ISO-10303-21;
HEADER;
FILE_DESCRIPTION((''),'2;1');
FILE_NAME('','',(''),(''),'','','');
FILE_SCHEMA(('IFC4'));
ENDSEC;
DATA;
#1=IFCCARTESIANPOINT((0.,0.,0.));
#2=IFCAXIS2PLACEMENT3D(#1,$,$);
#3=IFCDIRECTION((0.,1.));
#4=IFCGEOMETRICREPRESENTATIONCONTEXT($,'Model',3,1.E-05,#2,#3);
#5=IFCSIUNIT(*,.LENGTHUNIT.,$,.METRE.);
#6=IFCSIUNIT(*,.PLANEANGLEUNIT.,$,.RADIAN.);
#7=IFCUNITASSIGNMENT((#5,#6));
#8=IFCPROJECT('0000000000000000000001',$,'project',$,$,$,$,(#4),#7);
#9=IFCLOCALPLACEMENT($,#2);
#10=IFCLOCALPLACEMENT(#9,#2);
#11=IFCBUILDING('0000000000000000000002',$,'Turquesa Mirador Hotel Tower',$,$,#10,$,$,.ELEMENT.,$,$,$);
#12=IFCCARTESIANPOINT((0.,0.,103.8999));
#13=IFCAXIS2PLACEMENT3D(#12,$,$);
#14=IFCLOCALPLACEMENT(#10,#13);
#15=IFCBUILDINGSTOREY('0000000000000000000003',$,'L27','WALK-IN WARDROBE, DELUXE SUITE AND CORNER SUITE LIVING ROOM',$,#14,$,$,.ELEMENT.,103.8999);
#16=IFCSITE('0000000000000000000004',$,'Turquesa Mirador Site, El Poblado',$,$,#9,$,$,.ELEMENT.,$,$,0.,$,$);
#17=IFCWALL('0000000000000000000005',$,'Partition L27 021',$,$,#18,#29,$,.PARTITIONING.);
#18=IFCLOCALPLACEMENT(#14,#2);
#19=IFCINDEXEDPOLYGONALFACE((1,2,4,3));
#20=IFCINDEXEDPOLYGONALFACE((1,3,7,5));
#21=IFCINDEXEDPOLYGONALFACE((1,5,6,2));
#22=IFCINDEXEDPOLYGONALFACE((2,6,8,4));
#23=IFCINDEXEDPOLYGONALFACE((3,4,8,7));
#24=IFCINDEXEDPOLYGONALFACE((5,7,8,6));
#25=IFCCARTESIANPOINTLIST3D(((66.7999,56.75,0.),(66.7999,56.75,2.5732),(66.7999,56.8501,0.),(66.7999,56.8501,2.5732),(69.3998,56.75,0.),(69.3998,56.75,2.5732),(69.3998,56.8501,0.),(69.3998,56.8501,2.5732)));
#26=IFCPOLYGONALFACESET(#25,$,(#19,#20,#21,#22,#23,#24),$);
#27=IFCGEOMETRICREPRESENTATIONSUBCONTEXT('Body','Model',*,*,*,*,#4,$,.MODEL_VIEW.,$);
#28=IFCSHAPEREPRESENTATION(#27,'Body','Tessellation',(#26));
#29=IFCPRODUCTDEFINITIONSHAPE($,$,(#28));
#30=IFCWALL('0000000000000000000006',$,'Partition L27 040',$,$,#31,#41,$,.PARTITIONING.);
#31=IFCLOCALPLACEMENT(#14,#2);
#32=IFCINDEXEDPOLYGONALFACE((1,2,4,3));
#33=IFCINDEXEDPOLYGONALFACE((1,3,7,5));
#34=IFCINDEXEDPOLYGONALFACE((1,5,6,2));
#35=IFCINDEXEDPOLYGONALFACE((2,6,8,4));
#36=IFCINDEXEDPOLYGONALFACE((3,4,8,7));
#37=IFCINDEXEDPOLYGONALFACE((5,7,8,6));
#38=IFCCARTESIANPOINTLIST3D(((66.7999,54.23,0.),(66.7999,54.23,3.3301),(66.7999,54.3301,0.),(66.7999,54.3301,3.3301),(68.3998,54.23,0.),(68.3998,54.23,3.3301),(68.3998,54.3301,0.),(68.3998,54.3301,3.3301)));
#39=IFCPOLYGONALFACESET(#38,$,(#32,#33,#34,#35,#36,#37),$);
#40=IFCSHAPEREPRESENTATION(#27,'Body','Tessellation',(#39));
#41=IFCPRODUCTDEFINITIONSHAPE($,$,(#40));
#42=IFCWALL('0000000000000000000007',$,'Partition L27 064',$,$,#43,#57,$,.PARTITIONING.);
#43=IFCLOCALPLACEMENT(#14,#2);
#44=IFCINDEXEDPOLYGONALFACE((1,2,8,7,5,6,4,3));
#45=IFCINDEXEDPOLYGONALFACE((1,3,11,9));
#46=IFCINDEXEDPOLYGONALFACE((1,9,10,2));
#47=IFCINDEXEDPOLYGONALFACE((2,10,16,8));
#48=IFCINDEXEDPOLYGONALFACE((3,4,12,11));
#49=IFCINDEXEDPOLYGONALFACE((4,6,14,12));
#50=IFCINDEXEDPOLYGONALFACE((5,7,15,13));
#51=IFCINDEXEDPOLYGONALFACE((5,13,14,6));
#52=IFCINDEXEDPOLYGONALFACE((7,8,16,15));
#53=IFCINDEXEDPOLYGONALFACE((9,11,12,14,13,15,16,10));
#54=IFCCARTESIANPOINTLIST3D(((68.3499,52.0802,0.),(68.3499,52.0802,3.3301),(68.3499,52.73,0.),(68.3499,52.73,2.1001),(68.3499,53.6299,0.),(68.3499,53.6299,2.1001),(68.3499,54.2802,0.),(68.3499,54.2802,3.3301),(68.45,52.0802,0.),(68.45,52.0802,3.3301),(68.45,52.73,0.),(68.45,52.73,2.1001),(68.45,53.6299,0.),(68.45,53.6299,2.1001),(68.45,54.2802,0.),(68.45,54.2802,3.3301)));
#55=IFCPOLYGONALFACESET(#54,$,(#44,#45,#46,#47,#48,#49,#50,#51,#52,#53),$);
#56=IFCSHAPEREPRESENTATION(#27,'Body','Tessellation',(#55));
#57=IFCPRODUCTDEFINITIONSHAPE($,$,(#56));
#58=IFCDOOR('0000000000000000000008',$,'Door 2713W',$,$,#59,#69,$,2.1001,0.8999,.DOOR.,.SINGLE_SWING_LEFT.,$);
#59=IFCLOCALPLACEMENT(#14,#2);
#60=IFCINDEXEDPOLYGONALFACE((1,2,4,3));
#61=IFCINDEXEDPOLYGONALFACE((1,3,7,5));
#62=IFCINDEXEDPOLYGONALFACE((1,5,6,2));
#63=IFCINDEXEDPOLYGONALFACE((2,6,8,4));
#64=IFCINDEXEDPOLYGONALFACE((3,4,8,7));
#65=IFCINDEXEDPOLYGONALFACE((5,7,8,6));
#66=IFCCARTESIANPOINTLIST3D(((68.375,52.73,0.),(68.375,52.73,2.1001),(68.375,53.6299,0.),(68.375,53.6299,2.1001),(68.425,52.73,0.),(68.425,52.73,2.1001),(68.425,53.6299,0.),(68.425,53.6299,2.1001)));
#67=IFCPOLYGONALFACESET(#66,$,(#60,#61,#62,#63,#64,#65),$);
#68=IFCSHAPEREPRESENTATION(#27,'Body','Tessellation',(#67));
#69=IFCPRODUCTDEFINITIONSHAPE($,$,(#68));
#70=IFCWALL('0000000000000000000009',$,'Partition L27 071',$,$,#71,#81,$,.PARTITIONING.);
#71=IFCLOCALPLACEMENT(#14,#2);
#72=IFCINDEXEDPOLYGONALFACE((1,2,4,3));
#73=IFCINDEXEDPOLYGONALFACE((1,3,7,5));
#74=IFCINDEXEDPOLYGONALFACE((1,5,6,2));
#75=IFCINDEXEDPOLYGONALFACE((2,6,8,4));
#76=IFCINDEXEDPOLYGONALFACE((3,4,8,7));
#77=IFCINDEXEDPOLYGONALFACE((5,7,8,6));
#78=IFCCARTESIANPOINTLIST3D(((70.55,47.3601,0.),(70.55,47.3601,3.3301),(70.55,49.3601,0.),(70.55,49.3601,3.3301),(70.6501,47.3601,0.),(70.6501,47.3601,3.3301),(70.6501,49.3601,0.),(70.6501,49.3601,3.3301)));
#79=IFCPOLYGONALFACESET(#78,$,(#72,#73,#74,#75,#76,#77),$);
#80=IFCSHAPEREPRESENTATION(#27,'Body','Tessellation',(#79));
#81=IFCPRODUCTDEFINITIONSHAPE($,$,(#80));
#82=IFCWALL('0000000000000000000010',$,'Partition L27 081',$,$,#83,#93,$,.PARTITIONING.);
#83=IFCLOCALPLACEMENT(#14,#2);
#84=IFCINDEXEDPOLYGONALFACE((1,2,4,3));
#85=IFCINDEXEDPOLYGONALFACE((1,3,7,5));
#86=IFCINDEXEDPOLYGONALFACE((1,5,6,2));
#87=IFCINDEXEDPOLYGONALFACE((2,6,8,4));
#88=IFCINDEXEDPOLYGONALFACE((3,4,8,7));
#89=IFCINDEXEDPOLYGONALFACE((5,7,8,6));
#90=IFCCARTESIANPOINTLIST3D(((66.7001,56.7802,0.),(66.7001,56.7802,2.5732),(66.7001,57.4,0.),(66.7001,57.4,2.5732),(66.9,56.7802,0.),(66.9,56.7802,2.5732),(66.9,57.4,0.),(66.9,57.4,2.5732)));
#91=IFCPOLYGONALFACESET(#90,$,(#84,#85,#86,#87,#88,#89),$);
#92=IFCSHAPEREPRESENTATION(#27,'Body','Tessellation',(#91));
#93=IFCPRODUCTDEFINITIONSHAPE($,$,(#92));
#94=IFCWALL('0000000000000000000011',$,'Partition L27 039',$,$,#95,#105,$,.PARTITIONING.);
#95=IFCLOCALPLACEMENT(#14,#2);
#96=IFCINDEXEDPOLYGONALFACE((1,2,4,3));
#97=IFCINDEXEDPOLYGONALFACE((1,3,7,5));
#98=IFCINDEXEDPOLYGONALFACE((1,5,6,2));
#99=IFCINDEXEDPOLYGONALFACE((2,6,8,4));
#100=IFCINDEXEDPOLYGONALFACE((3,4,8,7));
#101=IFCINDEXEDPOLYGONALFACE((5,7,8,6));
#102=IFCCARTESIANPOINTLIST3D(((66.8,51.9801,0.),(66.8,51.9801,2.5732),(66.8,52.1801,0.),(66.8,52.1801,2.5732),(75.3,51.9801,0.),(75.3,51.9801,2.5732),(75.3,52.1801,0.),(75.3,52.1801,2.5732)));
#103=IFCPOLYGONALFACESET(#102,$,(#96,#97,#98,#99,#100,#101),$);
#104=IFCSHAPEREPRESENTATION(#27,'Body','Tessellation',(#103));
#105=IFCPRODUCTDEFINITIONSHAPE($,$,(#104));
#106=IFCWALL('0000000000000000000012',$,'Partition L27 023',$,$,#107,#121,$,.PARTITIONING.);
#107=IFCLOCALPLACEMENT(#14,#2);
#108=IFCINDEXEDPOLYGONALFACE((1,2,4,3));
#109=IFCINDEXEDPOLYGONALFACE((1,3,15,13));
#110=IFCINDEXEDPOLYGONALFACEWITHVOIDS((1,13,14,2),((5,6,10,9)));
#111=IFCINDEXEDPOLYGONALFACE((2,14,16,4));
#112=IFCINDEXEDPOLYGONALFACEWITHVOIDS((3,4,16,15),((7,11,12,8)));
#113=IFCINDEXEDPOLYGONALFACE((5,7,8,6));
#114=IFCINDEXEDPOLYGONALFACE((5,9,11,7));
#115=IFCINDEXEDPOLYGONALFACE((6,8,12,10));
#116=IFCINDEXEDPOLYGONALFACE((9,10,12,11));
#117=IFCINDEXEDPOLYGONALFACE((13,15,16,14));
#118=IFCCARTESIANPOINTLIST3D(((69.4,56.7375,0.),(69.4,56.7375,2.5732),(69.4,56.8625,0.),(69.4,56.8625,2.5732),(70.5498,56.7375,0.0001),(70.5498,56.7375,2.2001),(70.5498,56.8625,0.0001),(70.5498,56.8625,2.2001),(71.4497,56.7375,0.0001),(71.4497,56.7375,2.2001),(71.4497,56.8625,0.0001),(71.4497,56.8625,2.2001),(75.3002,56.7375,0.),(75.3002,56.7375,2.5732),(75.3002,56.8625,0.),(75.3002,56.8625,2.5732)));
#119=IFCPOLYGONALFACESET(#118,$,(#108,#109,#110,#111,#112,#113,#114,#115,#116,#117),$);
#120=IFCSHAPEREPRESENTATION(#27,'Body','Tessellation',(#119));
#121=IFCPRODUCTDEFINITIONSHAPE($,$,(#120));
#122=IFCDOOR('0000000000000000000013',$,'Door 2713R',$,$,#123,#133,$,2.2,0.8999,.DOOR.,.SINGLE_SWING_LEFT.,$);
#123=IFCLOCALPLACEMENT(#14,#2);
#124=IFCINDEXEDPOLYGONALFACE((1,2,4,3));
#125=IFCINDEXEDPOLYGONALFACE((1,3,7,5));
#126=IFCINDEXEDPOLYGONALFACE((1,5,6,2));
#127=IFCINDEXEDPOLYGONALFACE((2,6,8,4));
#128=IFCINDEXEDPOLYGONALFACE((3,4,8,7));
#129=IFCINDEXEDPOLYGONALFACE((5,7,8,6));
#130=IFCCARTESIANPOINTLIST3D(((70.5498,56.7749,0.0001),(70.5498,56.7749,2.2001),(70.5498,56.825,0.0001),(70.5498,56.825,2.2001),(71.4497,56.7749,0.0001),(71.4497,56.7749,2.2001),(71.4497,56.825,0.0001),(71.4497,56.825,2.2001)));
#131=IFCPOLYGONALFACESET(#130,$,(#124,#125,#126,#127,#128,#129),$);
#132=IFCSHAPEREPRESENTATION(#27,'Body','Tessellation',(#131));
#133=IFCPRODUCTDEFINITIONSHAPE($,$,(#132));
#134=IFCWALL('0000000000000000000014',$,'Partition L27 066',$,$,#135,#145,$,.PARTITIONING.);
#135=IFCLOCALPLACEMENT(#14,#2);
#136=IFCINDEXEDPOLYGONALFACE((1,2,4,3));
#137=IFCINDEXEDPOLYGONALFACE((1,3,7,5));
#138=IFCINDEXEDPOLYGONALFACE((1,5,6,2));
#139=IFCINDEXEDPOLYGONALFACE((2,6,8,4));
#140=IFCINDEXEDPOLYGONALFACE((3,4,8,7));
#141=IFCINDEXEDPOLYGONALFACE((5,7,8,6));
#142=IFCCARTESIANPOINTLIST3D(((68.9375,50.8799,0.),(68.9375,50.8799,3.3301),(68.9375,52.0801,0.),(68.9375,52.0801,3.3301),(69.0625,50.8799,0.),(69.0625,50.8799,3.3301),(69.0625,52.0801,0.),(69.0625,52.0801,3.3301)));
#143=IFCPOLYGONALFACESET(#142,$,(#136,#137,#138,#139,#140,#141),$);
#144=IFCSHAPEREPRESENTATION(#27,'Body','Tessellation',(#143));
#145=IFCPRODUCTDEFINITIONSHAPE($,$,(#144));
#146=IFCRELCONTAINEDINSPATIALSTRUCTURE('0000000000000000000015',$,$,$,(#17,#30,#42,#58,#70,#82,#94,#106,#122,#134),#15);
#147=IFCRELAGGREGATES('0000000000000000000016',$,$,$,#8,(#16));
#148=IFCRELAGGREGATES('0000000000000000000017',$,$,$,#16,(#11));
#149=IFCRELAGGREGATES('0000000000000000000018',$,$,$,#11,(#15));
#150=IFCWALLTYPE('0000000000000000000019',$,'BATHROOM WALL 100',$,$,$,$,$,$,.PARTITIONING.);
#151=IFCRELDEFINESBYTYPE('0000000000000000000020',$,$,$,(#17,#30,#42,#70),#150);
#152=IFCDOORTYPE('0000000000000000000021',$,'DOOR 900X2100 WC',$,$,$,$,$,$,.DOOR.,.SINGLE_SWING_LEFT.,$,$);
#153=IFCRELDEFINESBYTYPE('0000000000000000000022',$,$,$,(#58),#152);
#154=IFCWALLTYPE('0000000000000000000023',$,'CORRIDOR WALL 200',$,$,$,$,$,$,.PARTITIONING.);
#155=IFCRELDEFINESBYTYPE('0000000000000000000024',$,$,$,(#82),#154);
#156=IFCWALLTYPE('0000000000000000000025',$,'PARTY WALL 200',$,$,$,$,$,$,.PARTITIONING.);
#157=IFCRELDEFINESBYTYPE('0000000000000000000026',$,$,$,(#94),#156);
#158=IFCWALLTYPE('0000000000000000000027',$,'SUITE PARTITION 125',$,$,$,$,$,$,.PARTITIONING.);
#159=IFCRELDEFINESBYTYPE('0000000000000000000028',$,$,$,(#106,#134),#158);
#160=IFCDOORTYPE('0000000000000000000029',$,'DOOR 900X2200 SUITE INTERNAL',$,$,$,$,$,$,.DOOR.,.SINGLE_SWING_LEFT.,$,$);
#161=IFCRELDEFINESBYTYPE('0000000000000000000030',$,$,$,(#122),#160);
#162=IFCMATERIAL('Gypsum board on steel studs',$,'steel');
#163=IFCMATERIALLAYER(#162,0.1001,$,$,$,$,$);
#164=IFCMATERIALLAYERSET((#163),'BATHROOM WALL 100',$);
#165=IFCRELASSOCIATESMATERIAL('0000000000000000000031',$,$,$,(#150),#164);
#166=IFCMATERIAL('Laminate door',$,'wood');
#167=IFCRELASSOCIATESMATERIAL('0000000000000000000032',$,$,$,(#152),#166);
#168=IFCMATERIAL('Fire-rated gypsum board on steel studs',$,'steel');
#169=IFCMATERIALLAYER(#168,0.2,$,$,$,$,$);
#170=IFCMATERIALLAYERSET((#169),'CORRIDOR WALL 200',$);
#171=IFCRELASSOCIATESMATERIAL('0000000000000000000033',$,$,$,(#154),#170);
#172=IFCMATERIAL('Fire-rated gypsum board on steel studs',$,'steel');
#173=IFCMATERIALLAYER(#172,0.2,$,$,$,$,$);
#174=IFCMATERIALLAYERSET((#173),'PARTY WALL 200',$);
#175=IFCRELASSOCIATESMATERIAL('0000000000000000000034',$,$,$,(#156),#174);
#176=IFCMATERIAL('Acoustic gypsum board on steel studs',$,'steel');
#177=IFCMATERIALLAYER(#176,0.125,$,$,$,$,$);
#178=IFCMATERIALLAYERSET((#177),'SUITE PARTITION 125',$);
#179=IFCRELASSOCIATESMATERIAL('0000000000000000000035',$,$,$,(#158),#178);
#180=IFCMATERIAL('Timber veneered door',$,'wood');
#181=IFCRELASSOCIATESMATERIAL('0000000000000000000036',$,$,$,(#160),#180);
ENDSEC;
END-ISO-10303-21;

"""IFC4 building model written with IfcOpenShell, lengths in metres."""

from ifc_helpers import new_model, si_unit, direction, frame, frame_2d, origin, place, context, subcontext, project, spatial, rectangle, extrude, material, layer, layer_set, type_object, element, fill, save


model = new_model("IFC4")

# Units and contexts
model_context = context("Model", 3, precision=1e-05, world=origin(), true_north=direction((0.0, 1.0)))
body_context = subcontext(model_context, "Body", "Model", "MODEL_VIEW")
ifc_project = project(units=[si_unit("LENGTHUNIT", "METRE"), si_unit("PLANEANGLEUNIT", "RADIAN")], contexts=[model_context])

# Site, building, storey
site_placement = place(None, origin())
site = spatial("IfcSite", under=ifc_project, at=site_placement, Name="Turquesa Mirador Site, El Poblado", CompositionType="ELEMENT", RefElevation=0.0)
building_placement = place(site_placement, origin())
building = spatial("IfcBuilding", under=site, at=building_placement, Name="Turquesa Mirador Hotel Tower", CompositionType="ELEMENT")
storey_placement = place(building_placement, frame((0.0, 0.0, 103.8999)))
storey = spatial("IfcBuildingStorey", under=building, at=storey_placement, Name="L27", Description="WALK-IN WARDROBE, DELUXE SUITE AND CORNER SUITE LIVING ROOM", CompositionType="ELEMENT", Elevation=103.8999)

# Walls
ifc_material_1 = material(Name="Gypsum board on steel studs", Category="steel")
ifc_layer_1 = layer(ifc_material_1, 0.1001)
ifc_layer_set_1 = layer_set([ifc_layer_1], Name="BATHROOM WALL 100")
wall_type_1 = type_object("IfcWallType", Name="BATHROOM WALL 100", PredefinedType="PARTITIONING", material=ifc_layer_set_1)
wall_1_placement = place(storey_placement, frame((66.8, 56.8, 0.0), z_axis=(0.0, 0.0, 1.0), x_axis=(1.0, 0.0, 0.0)))
element("IfcWall", 1, at=wall_1_placement, inside=storey, type_object=wall_type_1, Name="Partition L27 021", PredefinedType="PARTITIONING", context=body_context, shape_type="SweptSolid", body=[
    extrude(rectangle(XDim=2.5999, YDim=0.1001, at=frame_2d((1.2998, 0.0))), origin(), (0.0, 0.0, 1.0), 2.5732),
])
wall_2_placement = place(storey_placement, frame((66.8, 54.28, 0.0), z_axis=(0.0, 0.0, 1.0), x_axis=(1.0, 0.0, 0.0)))
element("IfcWall", 2, at=wall_2_placement, inside=storey, type_object=wall_type_1, Name="Partition L27 040", PredefinedType="PARTITIONING", context=body_context, shape_type="SweptSolid", body=[
    extrude(rectangle(XDim=1.5999, YDim=0.1001, at=frame_2d((0.7998, 0.0))), origin(), (0.0, 0.0, 1.0), 3.3301),
])

# Wall, opening, door
wall_3_placement = place(storey_placement, frame((68.3999, 52.0801, 0.0), z_axis=(0.0, 0.0, 1.0), x_axis=(0.0, 1.0, 0.0)))
wall_3 = element("IfcWall", 3, at=wall_3_placement, inside=storey, type_object=wall_type_1, Name="Partition L27 064", PredefinedType="PARTITIONING", context=body_context, shape_type="SweptSolid", body=[
    extrude(rectangle(XDim=2.2, YDim=0.1001, at=frame_2d((1.1001, 0.0))), origin(), (0.0, 0.0, 1.0), 3.3301),
])
opening_1_placement = place(wall_3_placement, frame((0.6499, 0.0, 0.0)))
opening_1 = element("IfcOpeningElement", 4, at=opening_1_placement, cuts=wall_3, PredefinedType="OPENING", context=body_context, shape_type="SweptSolid", body=[
    extrude(rectangle(XDim=0.8999, YDim=2.1001, at=frame_2d((0.45, 1.05))), frame((0.0, 0.0601, 0.0), z_axis=(0.0, -1.0, 0.0), x_axis=(1.0, 0.0, 0.0)), (0.0, 0.0, 1.0), 0.1201),
])
ifc_material_2 = material(Name="Laminate door", Category="wood")
door_type_1 = type_object("IfcDoorType", Name="DOOR 900X2100 WC", OperationType="SINGLE_SWING_LEFT", PredefinedType="DOOR", material=ifc_material_2)
door_1_placement = place(opening_1_placement, origin())
door_1 = element("IfcDoor", 5, at=door_1_placement, inside=storey, type_object=door_type_1, Name="Door 2713W", OperationType="SINGLE_SWING_LEFT", OverallHeight=2.1001, OverallWidth=0.8999, PredefinedType="DOOR", context=body_context, shape_type="SweptSolid", body=[
    extrude(rectangle(XDim=0.8999, YDim=2.1001, at=frame_2d((0.45, 1.05))), frame((0.0, 0.0249, 0.0), z_axis=(0.0, -1.0, 0.0), x_axis=(1.0, 0.0, 0.0)), (0.0, 0.0, 1.0), 0.05),
])
fill(opening_1, door_1)

# Walls
wall_4_placement = place(storey_placement, frame((70.6001, 47.3601, 0.0), z_axis=(0.0, 0.0, 1.0), x_axis=(0.0, 1.0, 0.0)))
element("IfcWall", 6, at=wall_4_placement, inside=storey, type_object=wall_type_1, Name="Partition L27 071", PredefinedType="PARTITIONING", context=body_context, shape_type="SweptSolid", body=[
    extrude(rectangle(XDim=2.0, YDim=0.1001, at=frame_2d((1.0, 0.0))), origin(), (0.0, 0.0, 1.0), 3.3301),
])
ifc_material_3 = material(Name="Fire-rated gypsum board on steel studs", Category="steel")
ifc_layer_2 = layer(ifc_material_3, 0.2)
ifc_layer_set_2 = layer_set([ifc_layer_2], Name="CORRIDOR WALL 200")
wall_type_2 = type_object("IfcWallType", Name="CORRIDOR WALL 200", PredefinedType="PARTITIONING", material=ifc_layer_set_2)
wall_5_placement = place(storey_placement, frame((66.8, 56.78, 0.0), z_axis=(0.0, 0.0, 1.0), x_axis=(0.0, 1.0, 0.0)))
element("IfcWall", 7, at=wall_5_placement, inside=storey, type_object=wall_type_2, Name="Partition L27 081", PredefinedType="PARTITIONING", context=body_context, shape_type="SweptSolid", body=[
    extrude(rectangle(XDim=0.6199, YDim=0.2, at=frame_2d((0.3101, 0.0))), origin(), (0.0, 0.0, 1.0), 2.5732),
])
ifc_material_4 = material(Name="Fire-rated gypsum board on steel studs", Category="steel")
ifc_layer_3 = layer(ifc_material_4, 0.2)
ifc_layer_set_3 = layer_set([ifc_layer_3], Name="PARTY WALL 200")
wall_type_3 = type_object("IfcWallType", Name="PARTY WALL 200", PredefinedType="PARTITIONING", material=ifc_layer_set_3)
wall_6_placement = place(storey_placement, frame((66.8, 52.0801, 0.0), z_axis=(0.0, 0.0, 1.0), x_axis=(1.0, 0.0, 0.0)))
element("IfcWall", 8, at=wall_6_placement, inside=storey, type_object=wall_type_3, Name="Partition L27 039", PredefinedType="PARTITIONING", context=body_context, shape_type="SweptSolid", body=[
    extrude(rectangle(XDim=8.5, YDim=0.2, at=frame_2d((4.25, 0.0))), origin(), (0.0, 0.0, 1.0), 2.5732),
])

# Wall, opening, door
ifc_material_5 = material(Name="Acoustic gypsum board on steel studs", Category="steel")
ifc_layer_4 = layer(ifc_material_5, 0.125)
ifc_layer_set_4 = layer_set([ifc_layer_4], Name="SUITE PARTITION 125")
wall_type_4 = type_object("IfcWallType", Name="SUITE PARTITION 125", PredefinedType="PARTITIONING", material=ifc_layer_set_4)
wall_7_placement = place(storey_placement, frame((69.3999, 56.8, 0.0), z_axis=(0.0, 0.0, 1.0), x_axis=(1.0, 0.0, 0.0)))
wall_7 = element("IfcWall", 9, at=wall_7_placement, inside=storey, type_object=wall_type_4, Name="Partition L27 023", PredefinedType="PARTITIONING", context=body_context, shape_type="SweptSolid", body=[
    extrude(rectangle(XDim=5.9001, YDim=0.125, at=frame_2d((2.9502, 0.0))), origin(), (0.0, 0.0, 1.0), 2.5732),
])
opening_2_placement = place(wall_7_placement, frame((1.1499, 0.0, 0.0)))
opening_2 = element("IfcOpeningElement", 10, at=opening_2_placement, cuts=wall_7, PredefinedType="OPENING", context=body_context, shape_type="SweptSolid", body=[
    extrude(rectangle(XDim=0.8999, YDim=2.2, at=frame_2d((0.45, 1.1001))), frame((0.0, 0.0725, 0.0), z_axis=(0.0, -1.0, 0.0), x_axis=(1.0, 0.0, 0.0)), (0.0, 0.0, 1.0), 0.145),
])
ifc_material_6 = material(Name="Timber veneered door", Category="wood")
door_type_2 = type_object("IfcDoorType", Name="DOOR 900X2200 SUITE INTERNAL", OperationType="SINGLE_SWING_LEFT", PredefinedType="DOOR", material=ifc_material_6)
door_2_placement = place(opening_2_placement, origin())
door_2 = element("IfcDoor", 11, at=door_2_placement, inside=storey, type_object=door_type_2, Name="Door 2713R", OperationType="SINGLE_SWING_LEFT", OverallHeight=2.2, OverallWidth=0.8999, PredefinedType="DOOR", context=body_context, shape_type="SweptSolid", body=[
    extrude(rectangle(XDim=0.8999, YDim=2.2, at=frame_2d((0.45, 1.1001))), frame((0.0, 0.0249, 0.0), z_axis=(0.0, -1.0, 0.0), x_axis=(1.0, 0.0, 0.0)), (0.0, 0.0, 1.0), 0.05),
])
fill(opening_2, door_2)

# Wall
wall_8_placement = place(storey_placement, frame((69.0, 50.8799, 0.0), z_axis=(0.0, 0.0, 1.0), x_axis=(0.0, 1.0, 0.0)))
element("IfcWall", 12, at=wall_8_placement, inside=storey, type_object=wall_type_4, Name="Partition L27 066", PredefinedType="PARTITIONING", context=body_context, shape_type="SweptSolid", body=[
    extrude(rectangle(XDim=1.2002, YDim=0.125, at=frame_2d((0.6001, 0.0))), origin(), (0.0, 0.0, 1.0), 3.3301),
])

save(model, "model.ifc")
